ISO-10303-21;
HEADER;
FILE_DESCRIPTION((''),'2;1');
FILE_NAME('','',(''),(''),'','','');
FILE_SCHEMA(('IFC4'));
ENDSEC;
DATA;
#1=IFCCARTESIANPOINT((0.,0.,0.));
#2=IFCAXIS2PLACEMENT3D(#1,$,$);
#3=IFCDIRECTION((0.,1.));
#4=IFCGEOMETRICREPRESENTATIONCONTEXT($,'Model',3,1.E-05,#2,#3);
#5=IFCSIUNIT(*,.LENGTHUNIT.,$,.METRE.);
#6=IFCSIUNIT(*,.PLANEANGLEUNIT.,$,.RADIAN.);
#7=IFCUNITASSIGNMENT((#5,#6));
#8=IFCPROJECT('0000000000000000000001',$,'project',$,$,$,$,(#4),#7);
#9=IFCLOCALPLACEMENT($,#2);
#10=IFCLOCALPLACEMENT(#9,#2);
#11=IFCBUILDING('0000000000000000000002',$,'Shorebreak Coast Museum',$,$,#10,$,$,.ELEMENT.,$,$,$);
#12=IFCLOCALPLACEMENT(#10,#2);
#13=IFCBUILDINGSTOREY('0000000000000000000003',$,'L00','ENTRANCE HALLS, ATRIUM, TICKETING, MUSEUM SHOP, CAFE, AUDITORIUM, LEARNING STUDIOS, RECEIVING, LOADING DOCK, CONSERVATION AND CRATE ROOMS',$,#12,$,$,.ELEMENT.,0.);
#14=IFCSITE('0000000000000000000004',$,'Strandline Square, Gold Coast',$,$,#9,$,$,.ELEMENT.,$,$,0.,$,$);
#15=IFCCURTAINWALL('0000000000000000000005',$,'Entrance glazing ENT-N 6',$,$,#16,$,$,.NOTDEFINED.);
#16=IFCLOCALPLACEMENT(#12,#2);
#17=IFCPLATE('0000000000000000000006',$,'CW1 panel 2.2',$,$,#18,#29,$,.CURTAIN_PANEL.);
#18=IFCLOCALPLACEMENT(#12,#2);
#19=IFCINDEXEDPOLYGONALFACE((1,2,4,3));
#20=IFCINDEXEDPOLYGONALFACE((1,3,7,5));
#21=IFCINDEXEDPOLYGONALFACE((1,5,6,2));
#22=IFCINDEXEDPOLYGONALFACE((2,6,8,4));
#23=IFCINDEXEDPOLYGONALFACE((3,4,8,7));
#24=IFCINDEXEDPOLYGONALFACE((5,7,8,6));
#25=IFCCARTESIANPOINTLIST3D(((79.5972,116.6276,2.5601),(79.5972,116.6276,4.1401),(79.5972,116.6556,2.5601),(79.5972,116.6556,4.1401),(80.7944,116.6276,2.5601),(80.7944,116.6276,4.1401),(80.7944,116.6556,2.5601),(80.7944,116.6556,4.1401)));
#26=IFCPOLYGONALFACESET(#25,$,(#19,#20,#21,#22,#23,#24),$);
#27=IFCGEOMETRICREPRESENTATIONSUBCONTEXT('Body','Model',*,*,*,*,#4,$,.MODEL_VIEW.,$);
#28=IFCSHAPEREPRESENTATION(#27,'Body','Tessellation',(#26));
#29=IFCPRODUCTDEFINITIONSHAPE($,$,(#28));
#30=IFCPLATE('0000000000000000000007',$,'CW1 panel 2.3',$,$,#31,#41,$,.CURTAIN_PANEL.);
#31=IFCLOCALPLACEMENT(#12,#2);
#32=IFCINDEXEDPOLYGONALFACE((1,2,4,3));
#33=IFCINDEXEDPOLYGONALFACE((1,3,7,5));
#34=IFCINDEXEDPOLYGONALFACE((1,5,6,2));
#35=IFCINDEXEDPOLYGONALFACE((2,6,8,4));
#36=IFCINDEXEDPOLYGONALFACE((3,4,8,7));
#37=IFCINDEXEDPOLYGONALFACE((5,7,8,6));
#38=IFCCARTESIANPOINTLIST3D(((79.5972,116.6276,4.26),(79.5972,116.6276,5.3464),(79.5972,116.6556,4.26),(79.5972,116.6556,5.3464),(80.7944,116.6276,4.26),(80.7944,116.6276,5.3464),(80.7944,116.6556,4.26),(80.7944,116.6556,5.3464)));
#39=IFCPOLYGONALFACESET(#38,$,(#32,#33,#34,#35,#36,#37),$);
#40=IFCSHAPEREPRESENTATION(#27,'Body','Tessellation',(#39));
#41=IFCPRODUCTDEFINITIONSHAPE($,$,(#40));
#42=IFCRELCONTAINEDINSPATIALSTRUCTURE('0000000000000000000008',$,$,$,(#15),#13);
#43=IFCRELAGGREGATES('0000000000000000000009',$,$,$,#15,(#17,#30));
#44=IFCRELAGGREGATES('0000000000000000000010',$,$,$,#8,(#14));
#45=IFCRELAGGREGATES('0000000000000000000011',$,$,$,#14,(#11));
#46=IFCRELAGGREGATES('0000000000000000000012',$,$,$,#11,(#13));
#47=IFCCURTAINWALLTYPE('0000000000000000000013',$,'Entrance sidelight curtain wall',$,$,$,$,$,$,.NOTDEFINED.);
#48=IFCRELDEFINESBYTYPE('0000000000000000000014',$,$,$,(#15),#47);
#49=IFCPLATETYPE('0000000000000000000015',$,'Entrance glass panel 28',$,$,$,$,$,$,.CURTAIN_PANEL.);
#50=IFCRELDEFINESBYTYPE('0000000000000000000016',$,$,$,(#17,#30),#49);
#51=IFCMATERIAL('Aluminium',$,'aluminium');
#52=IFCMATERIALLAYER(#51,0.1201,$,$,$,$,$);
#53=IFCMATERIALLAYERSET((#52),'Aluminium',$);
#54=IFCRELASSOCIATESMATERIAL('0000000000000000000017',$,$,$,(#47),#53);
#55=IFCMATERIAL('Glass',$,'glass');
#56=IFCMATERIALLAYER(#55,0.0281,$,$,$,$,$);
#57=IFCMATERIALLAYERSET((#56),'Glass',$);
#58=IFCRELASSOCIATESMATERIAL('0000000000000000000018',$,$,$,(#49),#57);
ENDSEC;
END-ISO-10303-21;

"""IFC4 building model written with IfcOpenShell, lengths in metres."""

from ifc_helpers import new_model, si_unit, direction, frame, origin, origin_2d, place, context, subcontext, project, spatial, rectangle, extrude, material, layer, layer_set, type_object, element, aggregate, save


model = new_model("IFC4")

# Units and contexts
model_context = context("Model", 3, precision=1e-05, world=origin(), true_north=direction((0.0, 1.0)))
body_context = subcontext(model_context, "Body", "Model", "MODEL_VIEW")
ifc_project = project(units=[si_unit("LENGTHUNIT", "METRE"), si_unit("PLANEANGLEUNIT", "RADIAN")], contexts=[model_context])

# Site, building, storey
site_placement = place(None, origin())
site = spatial("IfcSite", under=ifc_project, at=site_placement, Name="Strandline Square, Gold Coast", CompositionType="ELEMENT", RefElevation=0.0)
building_placement = place(site_placement, origin())
building = spatial("IfcBuilding", under=site, at=building_placement, Name="Shorebreak Coast Museum", CompositionType="ELEMENT")
storey_placement = place(building_placement, origin())
storey = spatial("IfcBuildingStorey", under=building, at=storey_placement, Name="L00", Description="ENTRANCE HALLS, ATRIUM, TICKETING, MUSEUM SHOP, CAFE, AUDITORIUM, LEARNING STUDIOS, RECEIVING, LOADING DOCK, CONSERVATION AND CRATE ROOMS", CompositionType="ELEMENT", Elevation=0.0)

# Curtain wall, plates
ifc_material_1 = material(Name="Aluminium", Category="aluminium")
ifc_layer_1 = layer(ifc_material_1, 0.1201)
ifc_layer_set_1 = layer_set([ifc_layer_1], Name="Aluminium")
curtain_wall_type = type_object("IfcCurtainWallType", Name="Entrance sidelight curtain wall", PredefinedType="NOTDEFINED", material=ifc_layer_set_1)
curtain_wall_placement = place(storey_placement, origin())
curtain_wall = element("IfcCurtainWall", 1, at=curtain_wall_placement, inside=storey, type_object=curtain_wall_type, Name="Entrance glazing ENT-N 6", PredefinedType="NOTDEFINED")
ifc_material_2 = material(Name="Glass", Category="glass")
ifc_layer_2 = layer(ifc_material_2, 0.0281)
ifc_layer_set_2 = layer_set([ifc_layer_2], Name="Glass")
plate_type = type_object("IfcPlateType", Name="Entrance glass panel 28", PredefinedType="CURTAIN_PANEL", material=ifc_layer_set_2)
plate_1_placement = place(storey_placement, frame((80.1958, 116.6416, 2.5601), z_axis=(0.0, 0.0, 1.0), x_axis=(1.0, 0.0, 0.0)))
plate_1 = element("IfcPlate", 2, at=plate_1_placement, type_object=plate_type, Name="CW1 panel 2.2", PredefinedType="CURTAIN_PANEL", context=body_context, shape_type="SweptSolid", body=[
    extrude(rectangle(XDim=1.1973, YDim=0.0281, at=origin_2d()), origin(), (0.0, 0.0, 1.0), 1.5801),
])
plate_2_placement = place(storey_placement, frame((80.1958, 116.6416, 4.26), z_axis=(0.0, 0.0, 1.0), x_axis=(1.0, 0.0, 0.0)))
plate_2 = element("IfcPlate", 3, at=plate_2_placement, type_object=plate_type, Name="CW1 panel 2.3", PredefinedType="CURTAIN_PANEL", context=body_context, shape_type="SweptSolid", body=[
    extrude(rectangle(XDim=1.1973, YDim=0.0281, at=origin_2d()), origin(), (0.0, 0.0, 1.0), 1.0864),
])
aggregate(curtain_wall, [plate_1, plate_2])

save(model, "model.ifc")
